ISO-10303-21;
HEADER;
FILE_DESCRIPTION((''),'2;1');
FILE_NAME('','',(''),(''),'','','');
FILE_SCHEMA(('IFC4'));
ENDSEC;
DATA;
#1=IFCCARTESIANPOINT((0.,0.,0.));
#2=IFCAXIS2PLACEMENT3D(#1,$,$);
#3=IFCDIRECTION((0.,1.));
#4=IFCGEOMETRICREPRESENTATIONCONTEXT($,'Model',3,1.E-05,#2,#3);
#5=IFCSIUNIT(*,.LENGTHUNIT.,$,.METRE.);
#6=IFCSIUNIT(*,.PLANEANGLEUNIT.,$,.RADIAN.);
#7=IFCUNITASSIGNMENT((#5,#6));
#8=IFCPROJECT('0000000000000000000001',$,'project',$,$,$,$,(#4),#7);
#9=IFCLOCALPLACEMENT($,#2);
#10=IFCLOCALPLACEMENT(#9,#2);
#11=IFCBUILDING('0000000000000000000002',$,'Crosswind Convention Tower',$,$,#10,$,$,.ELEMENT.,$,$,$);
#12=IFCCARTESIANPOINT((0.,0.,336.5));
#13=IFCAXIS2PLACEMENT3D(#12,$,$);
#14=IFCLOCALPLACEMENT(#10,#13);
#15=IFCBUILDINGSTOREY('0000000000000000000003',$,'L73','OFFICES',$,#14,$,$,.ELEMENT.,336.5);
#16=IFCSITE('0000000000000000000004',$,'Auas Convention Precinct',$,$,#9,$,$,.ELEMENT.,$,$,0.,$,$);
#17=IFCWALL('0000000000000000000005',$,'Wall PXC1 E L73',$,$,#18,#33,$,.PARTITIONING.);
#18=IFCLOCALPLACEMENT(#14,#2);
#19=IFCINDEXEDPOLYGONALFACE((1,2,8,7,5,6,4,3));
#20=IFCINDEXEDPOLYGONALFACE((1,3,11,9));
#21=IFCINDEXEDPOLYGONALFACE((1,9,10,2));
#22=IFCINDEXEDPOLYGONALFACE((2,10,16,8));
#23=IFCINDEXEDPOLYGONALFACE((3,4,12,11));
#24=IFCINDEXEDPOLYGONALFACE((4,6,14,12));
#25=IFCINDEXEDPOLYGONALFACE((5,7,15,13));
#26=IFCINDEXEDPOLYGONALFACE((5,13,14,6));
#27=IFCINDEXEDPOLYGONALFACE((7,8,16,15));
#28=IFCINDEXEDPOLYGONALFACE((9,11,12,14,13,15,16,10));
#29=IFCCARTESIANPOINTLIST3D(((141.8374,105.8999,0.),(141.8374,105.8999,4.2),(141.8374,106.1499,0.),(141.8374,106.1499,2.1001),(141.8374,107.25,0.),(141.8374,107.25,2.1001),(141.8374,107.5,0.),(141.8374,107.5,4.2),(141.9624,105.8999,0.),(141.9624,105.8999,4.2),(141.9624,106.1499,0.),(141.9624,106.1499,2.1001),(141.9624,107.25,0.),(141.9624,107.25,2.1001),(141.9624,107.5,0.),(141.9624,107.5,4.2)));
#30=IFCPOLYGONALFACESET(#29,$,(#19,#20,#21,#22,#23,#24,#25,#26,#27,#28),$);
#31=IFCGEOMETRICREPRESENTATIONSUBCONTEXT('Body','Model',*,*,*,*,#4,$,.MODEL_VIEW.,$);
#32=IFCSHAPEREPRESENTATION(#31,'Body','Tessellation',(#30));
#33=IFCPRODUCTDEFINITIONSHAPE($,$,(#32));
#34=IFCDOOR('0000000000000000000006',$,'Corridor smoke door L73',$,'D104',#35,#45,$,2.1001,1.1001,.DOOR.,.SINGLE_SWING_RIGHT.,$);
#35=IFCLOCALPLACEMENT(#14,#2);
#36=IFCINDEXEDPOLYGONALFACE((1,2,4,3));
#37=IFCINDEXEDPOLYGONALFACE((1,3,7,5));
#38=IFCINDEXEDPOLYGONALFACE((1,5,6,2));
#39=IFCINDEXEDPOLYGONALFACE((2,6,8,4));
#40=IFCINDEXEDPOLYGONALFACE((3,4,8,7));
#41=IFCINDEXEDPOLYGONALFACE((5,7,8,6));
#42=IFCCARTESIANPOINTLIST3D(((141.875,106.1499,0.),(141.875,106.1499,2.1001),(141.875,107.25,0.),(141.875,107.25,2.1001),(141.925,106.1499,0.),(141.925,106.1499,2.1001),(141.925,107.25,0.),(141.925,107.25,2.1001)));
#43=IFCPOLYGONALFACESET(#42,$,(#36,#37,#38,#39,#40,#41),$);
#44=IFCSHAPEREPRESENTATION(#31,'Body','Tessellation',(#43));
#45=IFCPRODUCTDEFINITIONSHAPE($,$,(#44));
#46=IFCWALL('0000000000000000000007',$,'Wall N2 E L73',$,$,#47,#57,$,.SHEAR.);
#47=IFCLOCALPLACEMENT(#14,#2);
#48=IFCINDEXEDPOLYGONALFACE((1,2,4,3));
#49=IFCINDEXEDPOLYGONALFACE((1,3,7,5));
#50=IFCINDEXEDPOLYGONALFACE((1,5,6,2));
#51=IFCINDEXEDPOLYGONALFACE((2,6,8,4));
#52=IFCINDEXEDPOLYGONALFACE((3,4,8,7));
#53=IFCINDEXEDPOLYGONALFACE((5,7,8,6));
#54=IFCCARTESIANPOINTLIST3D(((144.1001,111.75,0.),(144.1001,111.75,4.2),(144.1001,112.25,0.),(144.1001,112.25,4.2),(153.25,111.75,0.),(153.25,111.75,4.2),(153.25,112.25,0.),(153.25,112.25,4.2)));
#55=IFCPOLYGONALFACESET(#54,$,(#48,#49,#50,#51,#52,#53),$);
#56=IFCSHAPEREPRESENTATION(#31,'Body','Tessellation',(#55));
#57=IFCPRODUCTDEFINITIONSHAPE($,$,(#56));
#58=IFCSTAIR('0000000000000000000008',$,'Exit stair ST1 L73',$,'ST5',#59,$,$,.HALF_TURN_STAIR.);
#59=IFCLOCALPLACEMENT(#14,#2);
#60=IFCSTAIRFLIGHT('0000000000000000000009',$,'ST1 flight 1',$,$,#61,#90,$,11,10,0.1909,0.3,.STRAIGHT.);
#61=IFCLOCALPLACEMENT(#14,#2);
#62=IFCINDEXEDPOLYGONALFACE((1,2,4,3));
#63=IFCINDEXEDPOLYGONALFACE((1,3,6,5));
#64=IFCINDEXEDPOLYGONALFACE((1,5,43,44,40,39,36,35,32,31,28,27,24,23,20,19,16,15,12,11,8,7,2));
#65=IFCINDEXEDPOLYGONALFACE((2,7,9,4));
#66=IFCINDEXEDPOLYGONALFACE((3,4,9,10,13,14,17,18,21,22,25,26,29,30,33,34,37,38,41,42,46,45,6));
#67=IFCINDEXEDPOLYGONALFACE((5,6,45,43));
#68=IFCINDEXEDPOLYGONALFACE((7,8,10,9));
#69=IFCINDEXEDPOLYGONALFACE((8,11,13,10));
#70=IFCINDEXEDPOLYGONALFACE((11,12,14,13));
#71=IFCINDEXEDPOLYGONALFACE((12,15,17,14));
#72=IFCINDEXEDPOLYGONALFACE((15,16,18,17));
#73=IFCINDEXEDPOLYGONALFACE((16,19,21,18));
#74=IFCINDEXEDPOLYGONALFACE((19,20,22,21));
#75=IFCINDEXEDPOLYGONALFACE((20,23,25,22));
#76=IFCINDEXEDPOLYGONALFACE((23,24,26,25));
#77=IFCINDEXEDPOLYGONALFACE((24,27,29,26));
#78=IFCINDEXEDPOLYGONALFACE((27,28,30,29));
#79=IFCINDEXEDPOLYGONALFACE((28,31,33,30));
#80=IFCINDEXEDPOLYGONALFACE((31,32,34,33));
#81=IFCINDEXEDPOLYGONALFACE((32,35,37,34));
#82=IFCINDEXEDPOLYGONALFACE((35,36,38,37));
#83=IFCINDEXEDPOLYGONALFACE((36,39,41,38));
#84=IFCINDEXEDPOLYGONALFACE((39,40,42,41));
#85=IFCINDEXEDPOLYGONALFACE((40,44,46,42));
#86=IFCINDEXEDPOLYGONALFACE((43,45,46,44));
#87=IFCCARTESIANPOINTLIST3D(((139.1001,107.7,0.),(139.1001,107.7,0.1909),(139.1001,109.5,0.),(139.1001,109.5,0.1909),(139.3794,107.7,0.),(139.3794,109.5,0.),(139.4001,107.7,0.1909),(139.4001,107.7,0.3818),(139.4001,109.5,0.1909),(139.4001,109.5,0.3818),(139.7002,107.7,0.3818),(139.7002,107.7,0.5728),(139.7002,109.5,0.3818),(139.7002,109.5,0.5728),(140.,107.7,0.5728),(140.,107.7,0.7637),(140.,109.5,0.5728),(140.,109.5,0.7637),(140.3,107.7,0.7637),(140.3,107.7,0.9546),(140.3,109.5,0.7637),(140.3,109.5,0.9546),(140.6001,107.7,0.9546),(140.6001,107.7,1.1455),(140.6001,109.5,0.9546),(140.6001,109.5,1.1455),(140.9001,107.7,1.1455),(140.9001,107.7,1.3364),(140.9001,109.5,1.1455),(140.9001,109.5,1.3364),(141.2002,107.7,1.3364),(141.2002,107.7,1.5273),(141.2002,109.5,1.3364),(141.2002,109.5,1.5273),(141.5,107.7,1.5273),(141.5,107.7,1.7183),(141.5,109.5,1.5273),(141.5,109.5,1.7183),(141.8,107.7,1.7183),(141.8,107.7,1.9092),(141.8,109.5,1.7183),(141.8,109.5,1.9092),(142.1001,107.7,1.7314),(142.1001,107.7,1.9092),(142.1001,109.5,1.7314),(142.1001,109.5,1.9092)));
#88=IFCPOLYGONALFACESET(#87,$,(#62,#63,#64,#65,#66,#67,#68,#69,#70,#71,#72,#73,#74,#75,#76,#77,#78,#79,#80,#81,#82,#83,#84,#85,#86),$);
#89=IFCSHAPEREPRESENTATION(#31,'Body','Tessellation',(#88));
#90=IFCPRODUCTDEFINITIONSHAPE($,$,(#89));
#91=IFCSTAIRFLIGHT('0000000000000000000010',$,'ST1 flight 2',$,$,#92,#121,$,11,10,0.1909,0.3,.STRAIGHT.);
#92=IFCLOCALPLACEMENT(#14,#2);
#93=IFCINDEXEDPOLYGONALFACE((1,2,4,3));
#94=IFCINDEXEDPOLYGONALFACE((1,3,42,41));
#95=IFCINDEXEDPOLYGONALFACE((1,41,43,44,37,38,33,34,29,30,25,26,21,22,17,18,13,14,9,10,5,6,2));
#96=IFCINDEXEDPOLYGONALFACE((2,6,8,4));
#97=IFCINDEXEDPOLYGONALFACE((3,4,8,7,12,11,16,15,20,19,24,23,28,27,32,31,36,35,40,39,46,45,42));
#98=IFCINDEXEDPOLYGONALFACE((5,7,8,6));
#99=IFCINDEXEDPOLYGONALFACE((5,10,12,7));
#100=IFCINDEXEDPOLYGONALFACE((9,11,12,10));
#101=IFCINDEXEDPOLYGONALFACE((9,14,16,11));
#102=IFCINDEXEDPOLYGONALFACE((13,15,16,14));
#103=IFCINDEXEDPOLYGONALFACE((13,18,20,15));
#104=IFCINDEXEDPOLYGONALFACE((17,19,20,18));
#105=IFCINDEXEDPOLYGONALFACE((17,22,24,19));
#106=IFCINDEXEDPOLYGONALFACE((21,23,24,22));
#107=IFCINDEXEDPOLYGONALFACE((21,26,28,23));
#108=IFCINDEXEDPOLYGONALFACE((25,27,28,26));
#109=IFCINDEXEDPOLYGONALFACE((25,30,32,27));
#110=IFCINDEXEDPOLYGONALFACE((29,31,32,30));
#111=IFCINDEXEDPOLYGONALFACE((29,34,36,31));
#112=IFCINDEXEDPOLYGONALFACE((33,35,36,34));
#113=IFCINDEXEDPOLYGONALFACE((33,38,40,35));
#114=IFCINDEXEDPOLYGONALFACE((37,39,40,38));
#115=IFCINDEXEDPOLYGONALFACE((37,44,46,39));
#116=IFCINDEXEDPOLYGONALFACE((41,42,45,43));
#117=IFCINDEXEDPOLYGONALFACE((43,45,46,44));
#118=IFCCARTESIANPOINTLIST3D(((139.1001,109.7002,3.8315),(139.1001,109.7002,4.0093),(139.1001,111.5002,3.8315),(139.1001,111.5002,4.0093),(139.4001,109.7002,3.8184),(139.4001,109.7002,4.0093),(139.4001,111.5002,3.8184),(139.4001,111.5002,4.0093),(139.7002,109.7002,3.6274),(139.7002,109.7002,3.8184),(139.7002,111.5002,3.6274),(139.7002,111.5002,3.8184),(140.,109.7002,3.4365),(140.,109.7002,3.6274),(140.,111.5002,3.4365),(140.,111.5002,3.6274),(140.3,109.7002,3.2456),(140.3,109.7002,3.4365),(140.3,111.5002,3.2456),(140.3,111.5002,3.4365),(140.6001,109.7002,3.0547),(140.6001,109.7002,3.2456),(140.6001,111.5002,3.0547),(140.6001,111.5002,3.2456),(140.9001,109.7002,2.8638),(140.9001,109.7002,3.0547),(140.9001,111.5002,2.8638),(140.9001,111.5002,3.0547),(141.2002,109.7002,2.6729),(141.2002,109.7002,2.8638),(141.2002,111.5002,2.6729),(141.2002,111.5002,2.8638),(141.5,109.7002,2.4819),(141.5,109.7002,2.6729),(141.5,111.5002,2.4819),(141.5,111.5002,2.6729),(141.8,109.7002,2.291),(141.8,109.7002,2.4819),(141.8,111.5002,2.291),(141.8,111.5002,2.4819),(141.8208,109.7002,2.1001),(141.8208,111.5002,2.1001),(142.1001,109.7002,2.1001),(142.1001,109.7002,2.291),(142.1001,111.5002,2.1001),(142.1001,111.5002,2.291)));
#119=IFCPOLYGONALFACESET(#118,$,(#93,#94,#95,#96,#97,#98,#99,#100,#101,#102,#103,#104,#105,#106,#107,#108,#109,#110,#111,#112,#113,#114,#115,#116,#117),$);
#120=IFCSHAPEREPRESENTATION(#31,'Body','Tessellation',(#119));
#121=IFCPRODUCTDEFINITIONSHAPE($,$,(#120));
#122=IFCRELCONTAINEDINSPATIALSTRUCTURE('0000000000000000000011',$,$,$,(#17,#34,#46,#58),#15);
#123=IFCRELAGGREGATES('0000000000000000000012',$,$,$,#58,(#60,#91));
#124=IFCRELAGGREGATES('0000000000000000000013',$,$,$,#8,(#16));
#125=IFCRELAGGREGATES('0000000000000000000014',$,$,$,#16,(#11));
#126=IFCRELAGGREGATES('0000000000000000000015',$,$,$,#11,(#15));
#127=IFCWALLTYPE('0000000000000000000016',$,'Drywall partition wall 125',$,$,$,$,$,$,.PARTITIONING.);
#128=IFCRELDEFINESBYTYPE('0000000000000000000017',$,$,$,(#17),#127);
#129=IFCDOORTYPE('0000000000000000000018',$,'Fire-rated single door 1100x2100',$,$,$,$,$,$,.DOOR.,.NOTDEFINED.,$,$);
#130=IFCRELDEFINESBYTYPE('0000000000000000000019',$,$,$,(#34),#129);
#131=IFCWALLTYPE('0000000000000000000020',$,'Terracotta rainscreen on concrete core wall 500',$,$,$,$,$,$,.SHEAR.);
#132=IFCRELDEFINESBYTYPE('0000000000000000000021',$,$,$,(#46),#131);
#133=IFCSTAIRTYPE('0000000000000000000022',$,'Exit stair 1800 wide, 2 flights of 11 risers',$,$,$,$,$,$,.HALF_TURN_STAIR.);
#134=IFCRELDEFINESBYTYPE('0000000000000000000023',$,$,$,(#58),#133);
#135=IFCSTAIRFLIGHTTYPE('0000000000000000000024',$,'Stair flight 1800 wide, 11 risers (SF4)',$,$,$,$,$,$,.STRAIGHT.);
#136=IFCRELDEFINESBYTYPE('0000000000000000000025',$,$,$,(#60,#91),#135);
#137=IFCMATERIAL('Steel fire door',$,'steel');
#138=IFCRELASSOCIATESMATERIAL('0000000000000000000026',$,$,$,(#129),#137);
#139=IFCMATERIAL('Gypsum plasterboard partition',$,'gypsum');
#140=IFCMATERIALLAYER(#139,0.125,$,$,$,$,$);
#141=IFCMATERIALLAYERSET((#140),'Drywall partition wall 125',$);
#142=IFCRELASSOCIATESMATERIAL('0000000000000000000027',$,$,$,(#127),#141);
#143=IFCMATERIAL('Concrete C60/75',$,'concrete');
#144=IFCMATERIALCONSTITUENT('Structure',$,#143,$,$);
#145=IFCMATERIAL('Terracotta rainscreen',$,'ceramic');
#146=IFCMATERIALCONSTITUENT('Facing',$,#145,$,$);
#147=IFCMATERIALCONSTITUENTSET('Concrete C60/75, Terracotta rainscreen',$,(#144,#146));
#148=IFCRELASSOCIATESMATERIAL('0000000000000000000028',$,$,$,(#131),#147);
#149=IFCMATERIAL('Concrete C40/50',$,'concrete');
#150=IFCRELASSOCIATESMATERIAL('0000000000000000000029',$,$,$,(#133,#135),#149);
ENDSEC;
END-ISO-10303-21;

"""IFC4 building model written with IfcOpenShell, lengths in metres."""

from ifc_helpers import new_model, si_unit, direction, frame, frame_2d, origin, place, context, subcontext, project, spatial, polyline, rectangle, outline, extrude, material, layer, layer_set, constituent, constituent_set, type_object, element, fill, aggregate, save


model = new_model("IFC4")

# Units and contexts
model_context = context("Model", 3, precision=1e-05, world=origin(), true_north=direction((0.0, 1.0)))
body_context = subcontext(model_context, "Body", "Model", "MODEL_VIEW")
ifc_project = project(units=[si_unit("LENGTHUNIT", "METRE"), si_unit("PLANEANGLEUNIT", "RADIAN")], contexts=[model_context])

# Site, building, storey
site_placement = place(None, origin())
site = spatial("IfcSite", under=ifc_project, at=site_placement, Name="Auas Convention Precinct", CompositionType="ELEMENT", RefElevation=0.0)
building_placement = place(site_placement, origin())
building = spatial("IfcBuilding", under=site, at=building_placement, Name="Crosswind Convention Tower", CompositionType="ELEMENT")
storey_placement = place(building_placement, frame((0.0, 0.0, 336.5)))
storey = spatial("IfcBuildingStorey", under=building, at=storey_placement, Name="L73", Description="OFFICES", CompositionType="ELEMENT", Elevation=336.5)

# Shared definitions
ifc_material_1 = material(Name="Steel fire door", Category="steel")
door_type_1 = type_object("IfcDoorType", Name="Fire-rated single door 1100x2100", OperationType="NOTDEFINED", PredefinedType="DOOR", material=ifc_material_1)

# Shared definitions
ifc_material_2 = material(Name="Gypsum plasterboard partition", Category="gypsum")
ifc_layer_1 = layer(ifc_material_2, 0.125)
ifc_layer_set_1 = layer_set([ifc_layer_1], Name="Drywall partition wall 125")
wall_type_1 = type_object("IfcWallType", Name="Drywall partition wall 125", PredefinedType="PARTITIONING", material=ifc_layer_set_1)

# Wall, opening, door
wall_1_placement = place(storey_placement, frame((141.8999, 105.8999, 0.0), z_axis=(0.0, 0.0, 1.0), x_axis=(0.0, 1.0, 0.0)))
wall_1 = element("IfcWall", 1, at=wall_1_placement, inside=storey, type_object=wall_type_1, Name="Wall PXC1 E L73", PredefinedType="PARTITIONING", context=body_context, shape_type="SweptSolid", body=[
    extrude(rectangle(XDim=1.6001, YDim=0.125, at=frame_2d((0.8, 0.0))), origin(), (0.0, 0.0, 1.0), 4.2),
])
opening_1_placement = place(wall_1_placement, frame((0.25, 0.0, 0.0)))
opening_1 = element("IfcOpeningElement", 2, at=opening_1_placement, cuts=wall_1, PredefinedType="OPENING", context=body_context, shape_type="SweptSolid", body=[
    extrude(rectangle(XDim=1.1001, YDim=2.1001, at=frame_2d((0.55, 1.05))), frame((0.0, 0.0725, 0.0), z_axis=(0.0, -1.0, 0.0), x_axis=(1.0, 0.0, 0.0)), (0.0, 0.0, 1.0), 0.145),
])
door_1_placement = place(opening_1_placement, origin())
door_1 = element("IfcDoor", 3, at=door_1_placement, inside=storey, type_object=door_type_1, Name="Corridor smoke door L73", ObjectType="D104", OperationType="SINGLE_SWING_RIGHT", OverallHeight=2.1001, OverallWidth=1.1001, PredefinedType="DOOR", context=body_context, shape_type="SweptSolid", body=[
    extrude(rectangle(XDim=1.1001, YDim=2.1001, at=frame_2d((0.55, 1.05))), frame((0.0, 0.0249, 0.0), z_axis=(0.0, -1.0, 0.0), x_axis=(1.0, 0.0, 0.0)), (0.0, 0.0, 1.0), 0.05),
])
fill(opening_1, door_1)

# Wall
ifc_material_3 = material(Name="Concrete C60/75", Category="concrete")
ifc_constituent_1 = constituent(ifc_material_3, Name="Structure")
ifc_material_4 = material(Name="Terracotta rainscreen", Category="ceramic")
ifc_constituent_2 = constituent(ifc_material_4, Name="Facing")
ifc_constituent_set = constituent_set(constituents=[ifc_constituent_1, ifc_constituent_2], Name="Concrete C60/75, Terracotta rainscreen")
wall_type_2 = type_object("IfcWallType", Name="Terracotta rainscreen on concrete core wall 500", PredefinedType="SHEAR", material=ifc_constituent_set)
wall_2_placement = place(storey_placement, frame((144.1001, 112.0, 0.0), z_axis=(0.0, 0.0, 1.0), x_axis=(1.0, 0.0, 0.0)))
element("IfcWall", 4, at=wall_2_placement, inside=storey, type_object=wall_type_2, Name="Wall N2 E L73", PredefinedType="SHEAR", context=body_context, shape_type="SweptSolid", body=[
    extrude(rectangle(XDim=9.1499, YDim=0.5, at=frame_2d((4.575, 0.0))), origin(), (0.0, 0.0, 1.0), 4.2),
])

# Stair, stair flights
ifc_material_5 = material(Name="Concrete C40/50", Category="concrete")
stair_type = type_object("IfcStairType", Name="Exit stair 1800 wide, 2 flights of 11 risers", PredefinedType="HALF_TURN_STAIR", material=ifc_material_5)
stair_placement = place(storey_placement, origin())
stair = element("IfcStair", 5, at=stair_placement, inside=storey, type_object=stair_type, Name="Exit stair ST1 L73", ObjectType="ST5", PredefinedType="HALF_TURN_STAIR")
stair_flight_type = type_object("IfcStairFlightType", Name="Stair flight 1800 wide, 11 risers (SF4)", PredefinedType="STRAIGHT", material=ifc_material_5)
stair_flight_1_placement = place(storey_placement, frame((139.1001, 108.6001, 0.0), z_axis=(0.0, 0.0, 1.0), x_axis=(1.0, 0.0, 0.0)))
stair_flight_1 = element("IfcStairFlight", 6, at=stair_flight_1_placement, type_object=stair_flight_type, Name="ST1 flight 1", NumberOfRisers=11, NumberOfTreads=10, PredefinedType="STRAIGHT", RiserHeight=0.1909, TreadLength=0.3, context=body_context, shape_type="SweptSolid", body=[
    extrude(outline(polyline([(0.0, 0.0), (0.0, 0.1909), (0.3, 0.1909), (0.3, 0.3818), (0.6001, 0.3818), (0.6001, 0.5728), (0.8999, 0.5728), (0.8999, 0.7637), (1.2, 0.7637), (1.2, 0.9546), (1.5, 0.9546), (1.5, 1.1455), (1.8, 1.1455), (1.8, 1.3364), (2.1001, 1.3364), (2.1001, 1.5273), (2.3999, 1.5273), (2.3999, 1.7183), (2.7, 1.7183), (2.7, 1.9092), (3.0, 1.9092), (3.0, 2.1001), (3.0, 1.7314), (0.2793, 0.0), (0.0, 0.0)])), frame((0.0, 0.8999, 0.0), z_axis=(0.0, -1.0, 0.0), x_axis=(1.0, 0.0, 0.0)), (0.0, 0.0, 1.0), 1.8),
])
stair_flight_2_placement = place(storey_placement, frame((142.1001, 110.6001, 2.1001), z_axis=(0.0, 0.0, 1.0), x_axis=(-1.0, 0.0, 0.0)))
stair_flight_2 = element("IfcStairFlight", 7, at=stair_flight_2_placement, type_object=stair_flight_type, Name="ST1 flight 2", NumberOfRisers=11, NumberOfTreads=10, PredefinedType="STRAIGHT", RiserHeight=0.1909, TreadLength=0.3, context=body_context, shape_type="SweptSolid", body=[
    extrude(outline(polyline([(0.0, 0.0), (0.0, 0.1909), (0.3, 0.1909), (0.3, 0.3818), (0.6001, 0.3818), (0.6001, 0.5728), (0.8999, 0.5728), (0.8999, 0.7637), (1.2, 0.7637), (1.2, 0.9546), (1.5, 0.9546), (1.5, 1.1455), (1.8, 1.1455), (1.8, 1.3364), (2.1001, 1.3364), (2.1001, 1.5273), (2.3999, 1.5273), (2.3999, 1.7183), (2.7, 1.7183), (2.7, 1.9092), (3.0, 1.9092), (3.0, 2.1001), (3.0, 1.7314), (0.2793, 0.0), (0.0, 0.0)])), frame((0.0, 0.8999, 0.0), z_axis=(0.0, -1.0, 0.0), x_axis=(1.0, 0.0, 0.0)), (0.0, 0.0, 1.0), 1.8),
])
aggregate(stair, [stair_flight_1, stair_flight_2])

save(model, "model.ifc")
